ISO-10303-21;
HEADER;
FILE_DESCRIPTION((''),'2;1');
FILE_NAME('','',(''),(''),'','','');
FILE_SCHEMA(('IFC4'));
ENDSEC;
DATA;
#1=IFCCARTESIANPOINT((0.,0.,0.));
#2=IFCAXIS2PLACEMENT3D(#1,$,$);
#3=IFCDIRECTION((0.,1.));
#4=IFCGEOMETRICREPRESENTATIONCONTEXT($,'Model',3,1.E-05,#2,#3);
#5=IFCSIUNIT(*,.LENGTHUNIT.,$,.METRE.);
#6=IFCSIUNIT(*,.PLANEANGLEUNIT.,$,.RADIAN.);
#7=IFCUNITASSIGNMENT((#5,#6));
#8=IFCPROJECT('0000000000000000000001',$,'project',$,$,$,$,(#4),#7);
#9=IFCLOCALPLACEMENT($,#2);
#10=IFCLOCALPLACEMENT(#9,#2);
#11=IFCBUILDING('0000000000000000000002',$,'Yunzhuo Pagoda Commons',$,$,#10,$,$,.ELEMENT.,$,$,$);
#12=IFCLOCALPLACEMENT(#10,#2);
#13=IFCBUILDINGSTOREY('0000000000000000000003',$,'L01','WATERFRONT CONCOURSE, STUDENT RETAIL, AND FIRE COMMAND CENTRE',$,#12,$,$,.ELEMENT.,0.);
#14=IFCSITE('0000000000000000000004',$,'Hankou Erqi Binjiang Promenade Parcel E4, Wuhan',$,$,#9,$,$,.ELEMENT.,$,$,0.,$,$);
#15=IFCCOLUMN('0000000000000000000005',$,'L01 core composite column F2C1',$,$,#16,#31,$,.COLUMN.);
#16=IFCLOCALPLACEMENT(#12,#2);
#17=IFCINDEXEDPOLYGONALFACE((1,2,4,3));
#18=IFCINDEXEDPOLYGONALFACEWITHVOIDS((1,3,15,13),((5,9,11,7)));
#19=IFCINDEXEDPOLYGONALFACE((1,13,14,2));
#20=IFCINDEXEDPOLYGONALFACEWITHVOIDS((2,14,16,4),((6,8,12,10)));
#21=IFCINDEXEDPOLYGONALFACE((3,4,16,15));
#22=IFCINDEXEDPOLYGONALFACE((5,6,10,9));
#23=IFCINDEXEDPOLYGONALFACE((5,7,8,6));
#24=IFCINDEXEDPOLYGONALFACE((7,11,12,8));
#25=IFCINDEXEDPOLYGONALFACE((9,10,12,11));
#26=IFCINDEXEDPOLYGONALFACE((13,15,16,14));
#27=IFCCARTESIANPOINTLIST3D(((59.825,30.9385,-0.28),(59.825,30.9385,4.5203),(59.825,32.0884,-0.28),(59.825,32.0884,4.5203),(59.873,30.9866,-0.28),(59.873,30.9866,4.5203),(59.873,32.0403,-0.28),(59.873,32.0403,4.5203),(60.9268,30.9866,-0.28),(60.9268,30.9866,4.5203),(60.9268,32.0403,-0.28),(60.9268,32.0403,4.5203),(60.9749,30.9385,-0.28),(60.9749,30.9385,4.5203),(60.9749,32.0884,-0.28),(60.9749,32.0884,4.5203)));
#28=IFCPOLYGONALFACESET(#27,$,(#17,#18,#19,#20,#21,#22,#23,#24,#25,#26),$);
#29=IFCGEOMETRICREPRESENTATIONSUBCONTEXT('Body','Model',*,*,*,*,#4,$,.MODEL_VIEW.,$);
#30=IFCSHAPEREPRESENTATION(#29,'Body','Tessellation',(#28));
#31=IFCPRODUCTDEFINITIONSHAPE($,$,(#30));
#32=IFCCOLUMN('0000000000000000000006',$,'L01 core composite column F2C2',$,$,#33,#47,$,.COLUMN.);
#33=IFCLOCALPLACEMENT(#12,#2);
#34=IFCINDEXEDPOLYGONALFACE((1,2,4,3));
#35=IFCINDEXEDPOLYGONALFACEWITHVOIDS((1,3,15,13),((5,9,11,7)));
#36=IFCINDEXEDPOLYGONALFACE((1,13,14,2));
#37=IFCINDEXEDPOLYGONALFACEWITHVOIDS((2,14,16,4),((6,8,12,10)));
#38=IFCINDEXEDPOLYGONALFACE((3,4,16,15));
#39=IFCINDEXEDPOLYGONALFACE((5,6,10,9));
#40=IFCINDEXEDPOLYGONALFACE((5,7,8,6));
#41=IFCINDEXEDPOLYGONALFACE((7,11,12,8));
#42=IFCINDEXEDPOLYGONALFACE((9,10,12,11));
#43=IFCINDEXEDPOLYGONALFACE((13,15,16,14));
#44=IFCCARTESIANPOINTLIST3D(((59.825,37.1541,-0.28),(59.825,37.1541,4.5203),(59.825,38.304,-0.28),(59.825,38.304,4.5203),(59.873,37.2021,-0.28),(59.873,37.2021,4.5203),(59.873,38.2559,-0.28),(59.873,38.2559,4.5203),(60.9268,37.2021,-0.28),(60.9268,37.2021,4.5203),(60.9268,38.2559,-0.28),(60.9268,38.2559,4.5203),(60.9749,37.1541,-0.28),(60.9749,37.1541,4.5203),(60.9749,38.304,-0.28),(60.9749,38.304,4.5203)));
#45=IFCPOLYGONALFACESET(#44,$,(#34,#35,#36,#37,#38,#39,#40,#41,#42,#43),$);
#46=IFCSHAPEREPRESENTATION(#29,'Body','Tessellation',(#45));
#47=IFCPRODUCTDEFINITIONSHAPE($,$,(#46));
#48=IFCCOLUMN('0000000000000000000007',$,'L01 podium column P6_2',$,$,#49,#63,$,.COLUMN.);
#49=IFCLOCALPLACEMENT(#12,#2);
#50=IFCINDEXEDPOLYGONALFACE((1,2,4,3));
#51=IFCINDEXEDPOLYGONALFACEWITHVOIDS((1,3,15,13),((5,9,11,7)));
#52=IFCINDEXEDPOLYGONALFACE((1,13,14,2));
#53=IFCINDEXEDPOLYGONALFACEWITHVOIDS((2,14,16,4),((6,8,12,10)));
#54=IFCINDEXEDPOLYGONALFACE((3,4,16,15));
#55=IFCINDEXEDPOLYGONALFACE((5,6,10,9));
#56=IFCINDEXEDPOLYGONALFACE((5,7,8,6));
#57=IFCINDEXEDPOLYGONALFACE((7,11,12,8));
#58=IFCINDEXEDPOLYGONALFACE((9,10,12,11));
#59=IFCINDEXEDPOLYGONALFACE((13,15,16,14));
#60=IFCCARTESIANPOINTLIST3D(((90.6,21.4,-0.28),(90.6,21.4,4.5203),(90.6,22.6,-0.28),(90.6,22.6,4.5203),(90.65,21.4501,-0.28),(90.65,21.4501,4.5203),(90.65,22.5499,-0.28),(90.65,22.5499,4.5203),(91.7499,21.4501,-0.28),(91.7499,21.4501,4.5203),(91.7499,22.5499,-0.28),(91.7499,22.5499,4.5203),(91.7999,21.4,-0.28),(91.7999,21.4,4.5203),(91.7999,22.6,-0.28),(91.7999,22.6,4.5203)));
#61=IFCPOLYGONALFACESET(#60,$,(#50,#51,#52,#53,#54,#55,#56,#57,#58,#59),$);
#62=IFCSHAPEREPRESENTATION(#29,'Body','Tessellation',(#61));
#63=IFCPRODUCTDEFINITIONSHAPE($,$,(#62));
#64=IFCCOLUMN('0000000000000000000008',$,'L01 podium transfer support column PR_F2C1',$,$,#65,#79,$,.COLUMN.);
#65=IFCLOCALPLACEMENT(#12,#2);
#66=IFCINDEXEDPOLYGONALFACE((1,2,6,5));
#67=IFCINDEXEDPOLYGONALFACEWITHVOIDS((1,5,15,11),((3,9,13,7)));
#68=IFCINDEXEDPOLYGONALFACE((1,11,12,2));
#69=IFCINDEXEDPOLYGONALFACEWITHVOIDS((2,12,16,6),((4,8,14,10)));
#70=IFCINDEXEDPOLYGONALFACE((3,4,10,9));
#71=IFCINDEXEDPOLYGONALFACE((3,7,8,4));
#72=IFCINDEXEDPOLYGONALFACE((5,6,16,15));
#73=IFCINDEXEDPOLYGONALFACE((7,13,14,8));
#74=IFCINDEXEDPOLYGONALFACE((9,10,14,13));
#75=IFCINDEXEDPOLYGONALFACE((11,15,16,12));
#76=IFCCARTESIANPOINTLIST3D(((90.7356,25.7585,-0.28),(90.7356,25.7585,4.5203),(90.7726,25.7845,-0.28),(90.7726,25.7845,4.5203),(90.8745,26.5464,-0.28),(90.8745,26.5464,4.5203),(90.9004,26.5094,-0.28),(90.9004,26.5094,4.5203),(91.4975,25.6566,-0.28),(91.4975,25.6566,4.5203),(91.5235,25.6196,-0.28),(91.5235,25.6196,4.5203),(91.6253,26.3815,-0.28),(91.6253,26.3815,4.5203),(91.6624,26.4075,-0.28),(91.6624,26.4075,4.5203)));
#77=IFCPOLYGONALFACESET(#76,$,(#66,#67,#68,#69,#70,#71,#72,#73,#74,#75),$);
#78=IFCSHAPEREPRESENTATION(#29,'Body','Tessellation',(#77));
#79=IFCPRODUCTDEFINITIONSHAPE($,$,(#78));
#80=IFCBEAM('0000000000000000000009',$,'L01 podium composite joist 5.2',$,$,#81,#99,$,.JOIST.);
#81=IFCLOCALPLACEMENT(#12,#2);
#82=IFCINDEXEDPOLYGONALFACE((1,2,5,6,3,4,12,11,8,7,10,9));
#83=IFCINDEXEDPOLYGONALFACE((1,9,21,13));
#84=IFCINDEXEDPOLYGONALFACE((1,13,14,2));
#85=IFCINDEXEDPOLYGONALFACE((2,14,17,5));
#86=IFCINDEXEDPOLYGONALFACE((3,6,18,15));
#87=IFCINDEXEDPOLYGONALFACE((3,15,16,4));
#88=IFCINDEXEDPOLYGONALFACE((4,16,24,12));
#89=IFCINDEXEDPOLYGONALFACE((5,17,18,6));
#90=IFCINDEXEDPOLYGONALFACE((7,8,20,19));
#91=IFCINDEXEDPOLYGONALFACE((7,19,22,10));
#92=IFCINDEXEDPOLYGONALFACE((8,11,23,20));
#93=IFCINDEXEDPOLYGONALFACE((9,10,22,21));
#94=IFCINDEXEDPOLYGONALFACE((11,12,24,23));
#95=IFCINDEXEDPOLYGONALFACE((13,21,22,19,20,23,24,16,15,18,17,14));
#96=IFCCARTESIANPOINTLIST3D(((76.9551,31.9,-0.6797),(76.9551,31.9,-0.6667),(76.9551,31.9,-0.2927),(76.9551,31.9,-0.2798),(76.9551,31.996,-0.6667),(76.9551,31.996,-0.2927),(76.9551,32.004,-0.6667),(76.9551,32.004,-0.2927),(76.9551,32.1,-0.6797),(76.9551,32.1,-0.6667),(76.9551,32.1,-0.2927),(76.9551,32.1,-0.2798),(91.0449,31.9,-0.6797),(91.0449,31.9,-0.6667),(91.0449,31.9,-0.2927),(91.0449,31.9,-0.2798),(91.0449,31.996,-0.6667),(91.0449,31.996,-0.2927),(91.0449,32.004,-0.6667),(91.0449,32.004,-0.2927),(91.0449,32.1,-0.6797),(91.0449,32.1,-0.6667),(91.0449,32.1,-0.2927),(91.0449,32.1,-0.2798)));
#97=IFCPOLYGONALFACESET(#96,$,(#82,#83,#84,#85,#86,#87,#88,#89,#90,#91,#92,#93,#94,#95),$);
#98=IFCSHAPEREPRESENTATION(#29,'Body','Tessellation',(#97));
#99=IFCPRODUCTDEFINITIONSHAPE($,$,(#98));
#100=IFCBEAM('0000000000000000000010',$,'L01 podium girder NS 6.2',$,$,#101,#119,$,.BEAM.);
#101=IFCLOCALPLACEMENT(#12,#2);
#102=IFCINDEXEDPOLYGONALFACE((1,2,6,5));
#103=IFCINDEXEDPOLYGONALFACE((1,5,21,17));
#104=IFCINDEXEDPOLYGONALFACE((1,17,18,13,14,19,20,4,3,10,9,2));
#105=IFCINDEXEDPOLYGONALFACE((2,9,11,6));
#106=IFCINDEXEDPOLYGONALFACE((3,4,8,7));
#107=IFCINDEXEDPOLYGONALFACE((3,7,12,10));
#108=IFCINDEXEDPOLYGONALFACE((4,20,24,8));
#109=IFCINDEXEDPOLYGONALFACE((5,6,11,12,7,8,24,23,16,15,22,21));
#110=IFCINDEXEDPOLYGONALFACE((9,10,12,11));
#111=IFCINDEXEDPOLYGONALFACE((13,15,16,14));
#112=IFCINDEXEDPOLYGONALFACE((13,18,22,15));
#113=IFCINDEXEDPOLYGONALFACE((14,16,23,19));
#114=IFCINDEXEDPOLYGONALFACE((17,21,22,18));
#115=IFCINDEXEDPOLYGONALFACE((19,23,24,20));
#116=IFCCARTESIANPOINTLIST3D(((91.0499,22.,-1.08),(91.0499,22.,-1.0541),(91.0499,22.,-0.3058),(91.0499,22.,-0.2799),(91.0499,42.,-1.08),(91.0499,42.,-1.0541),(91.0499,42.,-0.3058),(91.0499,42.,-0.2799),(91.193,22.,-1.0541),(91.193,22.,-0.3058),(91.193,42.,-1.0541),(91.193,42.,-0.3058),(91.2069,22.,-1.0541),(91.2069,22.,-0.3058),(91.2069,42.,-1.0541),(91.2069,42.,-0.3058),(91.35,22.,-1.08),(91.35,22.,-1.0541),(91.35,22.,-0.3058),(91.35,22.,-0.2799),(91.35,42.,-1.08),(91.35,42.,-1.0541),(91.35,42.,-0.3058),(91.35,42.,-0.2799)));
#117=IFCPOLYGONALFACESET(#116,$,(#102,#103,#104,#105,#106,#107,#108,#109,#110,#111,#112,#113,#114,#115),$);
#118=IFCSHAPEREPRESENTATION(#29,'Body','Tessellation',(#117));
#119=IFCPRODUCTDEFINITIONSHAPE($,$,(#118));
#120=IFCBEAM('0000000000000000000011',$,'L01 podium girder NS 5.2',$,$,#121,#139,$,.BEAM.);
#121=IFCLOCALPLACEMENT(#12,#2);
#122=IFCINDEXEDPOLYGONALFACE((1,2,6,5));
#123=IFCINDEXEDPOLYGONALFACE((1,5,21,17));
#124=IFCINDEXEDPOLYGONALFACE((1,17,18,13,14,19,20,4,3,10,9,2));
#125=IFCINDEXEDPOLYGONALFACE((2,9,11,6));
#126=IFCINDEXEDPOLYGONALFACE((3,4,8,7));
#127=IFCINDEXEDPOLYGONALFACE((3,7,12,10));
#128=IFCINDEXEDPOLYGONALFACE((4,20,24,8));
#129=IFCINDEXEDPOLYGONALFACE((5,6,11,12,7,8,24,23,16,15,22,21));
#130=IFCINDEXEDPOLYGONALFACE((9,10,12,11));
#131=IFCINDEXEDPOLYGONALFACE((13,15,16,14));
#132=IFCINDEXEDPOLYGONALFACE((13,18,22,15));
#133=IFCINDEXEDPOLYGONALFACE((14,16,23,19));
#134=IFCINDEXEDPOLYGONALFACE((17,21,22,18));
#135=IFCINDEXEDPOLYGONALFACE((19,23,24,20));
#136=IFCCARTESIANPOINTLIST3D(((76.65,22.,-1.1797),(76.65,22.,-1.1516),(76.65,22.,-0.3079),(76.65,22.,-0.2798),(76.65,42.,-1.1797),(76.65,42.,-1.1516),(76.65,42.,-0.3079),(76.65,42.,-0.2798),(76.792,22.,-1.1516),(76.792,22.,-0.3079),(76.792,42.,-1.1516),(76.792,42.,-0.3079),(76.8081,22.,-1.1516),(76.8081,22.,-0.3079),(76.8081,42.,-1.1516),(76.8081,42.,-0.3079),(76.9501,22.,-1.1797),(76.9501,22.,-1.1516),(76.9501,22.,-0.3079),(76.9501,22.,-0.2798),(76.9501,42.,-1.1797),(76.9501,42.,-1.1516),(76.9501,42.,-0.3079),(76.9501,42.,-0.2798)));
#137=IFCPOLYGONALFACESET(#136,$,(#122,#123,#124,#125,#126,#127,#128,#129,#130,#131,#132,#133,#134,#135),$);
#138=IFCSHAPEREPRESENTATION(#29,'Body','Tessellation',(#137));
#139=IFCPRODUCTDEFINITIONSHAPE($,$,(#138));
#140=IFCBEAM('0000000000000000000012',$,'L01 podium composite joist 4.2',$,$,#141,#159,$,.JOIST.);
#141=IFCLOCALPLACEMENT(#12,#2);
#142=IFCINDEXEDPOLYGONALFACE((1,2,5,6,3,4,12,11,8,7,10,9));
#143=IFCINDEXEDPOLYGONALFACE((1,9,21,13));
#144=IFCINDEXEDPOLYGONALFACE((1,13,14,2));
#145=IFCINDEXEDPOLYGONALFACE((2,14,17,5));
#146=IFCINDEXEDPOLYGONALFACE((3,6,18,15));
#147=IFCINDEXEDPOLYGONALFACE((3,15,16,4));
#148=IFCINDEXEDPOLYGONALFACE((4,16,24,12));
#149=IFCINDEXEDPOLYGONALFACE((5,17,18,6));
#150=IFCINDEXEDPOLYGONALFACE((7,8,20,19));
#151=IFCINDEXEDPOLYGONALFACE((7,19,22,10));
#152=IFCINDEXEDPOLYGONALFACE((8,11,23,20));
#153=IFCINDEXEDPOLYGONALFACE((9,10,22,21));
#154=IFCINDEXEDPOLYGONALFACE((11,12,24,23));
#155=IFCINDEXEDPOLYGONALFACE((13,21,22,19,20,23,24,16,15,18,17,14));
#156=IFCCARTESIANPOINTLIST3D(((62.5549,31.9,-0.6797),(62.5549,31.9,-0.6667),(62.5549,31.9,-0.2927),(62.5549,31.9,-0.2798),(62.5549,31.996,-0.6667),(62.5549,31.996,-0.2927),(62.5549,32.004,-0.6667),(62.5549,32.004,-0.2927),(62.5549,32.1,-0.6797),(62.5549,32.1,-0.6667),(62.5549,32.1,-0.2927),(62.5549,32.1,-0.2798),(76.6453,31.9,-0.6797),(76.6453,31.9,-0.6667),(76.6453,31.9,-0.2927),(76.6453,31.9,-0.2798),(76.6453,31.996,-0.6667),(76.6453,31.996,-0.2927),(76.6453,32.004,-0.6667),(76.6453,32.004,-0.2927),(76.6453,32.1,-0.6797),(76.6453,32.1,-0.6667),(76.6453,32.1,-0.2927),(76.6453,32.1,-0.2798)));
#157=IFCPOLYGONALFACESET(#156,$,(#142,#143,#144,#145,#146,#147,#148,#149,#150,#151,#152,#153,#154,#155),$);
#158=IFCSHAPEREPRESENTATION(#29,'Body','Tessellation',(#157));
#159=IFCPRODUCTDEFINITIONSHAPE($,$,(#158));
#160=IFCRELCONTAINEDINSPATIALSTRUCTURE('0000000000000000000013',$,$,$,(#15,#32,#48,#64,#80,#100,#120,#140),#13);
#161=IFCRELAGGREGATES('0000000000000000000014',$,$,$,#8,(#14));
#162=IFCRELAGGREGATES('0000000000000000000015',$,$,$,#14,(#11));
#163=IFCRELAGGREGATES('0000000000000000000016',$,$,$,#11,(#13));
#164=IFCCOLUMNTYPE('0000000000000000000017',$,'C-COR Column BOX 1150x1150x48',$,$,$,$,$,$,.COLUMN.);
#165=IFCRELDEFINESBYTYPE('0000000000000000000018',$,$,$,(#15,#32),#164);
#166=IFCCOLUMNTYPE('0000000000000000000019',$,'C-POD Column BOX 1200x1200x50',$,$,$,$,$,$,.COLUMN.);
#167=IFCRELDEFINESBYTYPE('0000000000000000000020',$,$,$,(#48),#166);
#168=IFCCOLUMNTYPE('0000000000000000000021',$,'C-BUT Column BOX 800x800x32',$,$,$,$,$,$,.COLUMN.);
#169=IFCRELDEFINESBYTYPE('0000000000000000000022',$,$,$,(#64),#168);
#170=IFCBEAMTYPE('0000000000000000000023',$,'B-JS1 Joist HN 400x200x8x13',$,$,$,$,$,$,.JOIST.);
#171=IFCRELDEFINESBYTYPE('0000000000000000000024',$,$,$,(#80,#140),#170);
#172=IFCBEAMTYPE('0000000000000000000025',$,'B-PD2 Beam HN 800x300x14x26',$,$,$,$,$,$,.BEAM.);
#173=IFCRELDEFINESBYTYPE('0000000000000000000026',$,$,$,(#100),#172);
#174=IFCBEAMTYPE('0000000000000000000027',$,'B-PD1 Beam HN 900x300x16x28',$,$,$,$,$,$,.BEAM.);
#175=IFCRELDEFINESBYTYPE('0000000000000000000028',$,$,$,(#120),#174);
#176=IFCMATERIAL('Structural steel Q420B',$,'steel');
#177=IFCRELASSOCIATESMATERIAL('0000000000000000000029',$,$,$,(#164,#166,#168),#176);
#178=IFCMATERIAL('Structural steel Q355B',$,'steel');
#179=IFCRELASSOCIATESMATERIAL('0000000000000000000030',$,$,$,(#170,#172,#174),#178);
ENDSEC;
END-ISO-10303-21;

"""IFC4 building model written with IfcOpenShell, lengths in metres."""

from ifc_helpers import new_model, si_unit, direction, frame, origin, origin_2d, place, context, subcontext, project, spatial, hollow_rectangle, i_section, extrude, source, transform, mapped, material, material_profile, profile_set, type_object, element, save


model = new_model("IFC4")

# Units and contexts
model_context = context("Model", 3, precision=1e-05, world=origin(), true_north=direction((0.0, 1.0)))
body_context = subcontext(model_context, "Body", "Model", "MODEL_VIEW")
ifc_project = project(units=[si_unit("LENGTHUNIT", "METRE"), si_unit("PLANEANGLEUNIT", "RADIAN")], contexts=[model_context])

# Site, building, storey
site_placement = place(None, origin())
site = spatial("IfcSite", under=ifc_project, at=site_placement, Name="Hankou Erqi Binjiang Promenade Parcel E4, Wuhan", CompositionType="ELEMENT", RefElevation=0.0)
building_placement = place(site_placement, origin())
building = spatial("IfcBuilding", under=site, at=building_placement, Name="Yunzhuo Pagoda Commons", CompositionType="ELEMENT")
storey_placement = place(building_placement, origin())
storey = spatial("IfcBuildingStorey", under=building, at=storey_placement, Name="L01", Description="WATERFRONT CONCOURSE, STUDENT RETAIL, AND FIRE COMMAND CENTRE", CompositionType="ELEMENT", Elevation=0.0)

# Columns
ifc_material_1 = material(Name="Structural steel Q420B", Category="steel")
ifc_material_profile_1 = material_profile(ifc_material_1, hollow_rectangle(XDim=1.1499, YDim=1.1499, WallThickness=0.0481, at=origin_2d()), Name="Structural steel Q420B")
ifc_profile_set_1 = profile_set([ifc_material_profile_1], Name="Structural steel Q420B")
column_type_1 = type_object("IfcColumnType", Name="C-COR Column BOX 1150x1150x48", PredefinedType="COLUMN", material=ifc_profile_set_1)
shared_shape_1 = source(origin(), body_context, "Body", "SweptSolid", [
    extrude(hollow_rectangle(XDim=1.1499, YDim=1.1499, WallThickness=0.0481, at=origin_2d()), origin(), (0.0, 0.0, 1.0), 4.8003),
])
for number, where, z_axis, x_axis, name in (
    (1, (60.3999, 31.5134, -0.28), (0.0, 0.0, 1.0), (1.0, 0.0, 0.0), "L01 core composite column F2C1"),
    (2, (60.3999, 37.729, -0.28), (0.0, 0.0, 1.0), (1.0, 0.0, 0.0), "L01 core composite column F2C2"),
):
    element("IfcColumn", number, at=place(storey_placement, frame(where, z_axis=z_axis, x_axis=x_axis)), inside=storey, type_object=column_type_1, Name=name, PredefinedType="COLUMN", context=body_context, shape_type="MappedRepresentation", body=[
        mapped(shared_shape_1, transform((0.0, 0.0, 0.0), scale=1.0)),
    ])
ifc_material_profile_2 = material_profile(ifc_material_1, hollow_rectangle(XDim=1.2, YDim=1.2, WallThickness=0.05, at=origin_2d()), Name="Structural steel Q420B")
ifc_profile_set_2 = profile_set([ifc_material_profile_2], Name="Structural steel Q420B")
column_type_2 = type_object("IfcColumnType", Name="C-POD Column BOX 1200x1200x50", PredefinedType="COLUMN", material=ifc_profile_set_2)
shared_shape_2 = source(origin(), body_context, "Body", "SweptSolid", [
    extrude(hollow_rectangle(XDim=1.2, YDim=1.2, WallThickness=0.05, at=origin_2d()), origin(), (0.0, 0.0, 1.0), 4.8003),
])
column_1_placement = place(storey_placement, frame((91.2, 22.0, -0.28), z_axis=(0.0, 0.0, 1.0), x_axis=(1.0, 0.0, 0.0)))
element("IfcColumn", 3, at=column_1_placement, inside=storey, type_object=column_type_2, Name="L01 podium column P6_2", PredefinedType="COLUMN", context=body_context, shape_type="MappedRepresentation", body=[
    mapped(shared_shape_2, transform((0.0, 0.0, 0.0), scale=1.0)),
])
ifc_material_profile_3 = material_profile(ifc_material_1, hollow_rectangle(XDim=0.8, YDim=0.8, WallThickness=0.032, at=origin_2d()), Name="Structural steel Q420B")
ifc_profile_set_3 = profile_set([ifc_material_profile_3], Name="Structural steel Q420B")
column_type_3 = type_object("IfcColumnType", Name="C-BUT Column BOX 800x800x32", PredefinedType="COLUMN", material=ifc_profile_set_3)
shared_shape_3 = source(origin(), body_context, "Body", "SweptSolid", [
    extrude(hollow_rectangle(XDim=0.8, YDim=0.8, WallThickness=0.032, at=origin_2d()), origin(), (0.0, 0.0, 1.0), 4.8003),
])
column_2_placement = place(storey_placement, frame((91.199, 26.083, -0.28), z_axis=(0.0, 0.0, 1.0), x_axis=(0.173648, 0.984808, 0.0)))
element("IfcColumn", 4, at=column_2_placement, inside=storey, type_object=column_type_3, Name="L01 podium transfer support column PR_F2C1", PredefinedType="COLUMN", context=body_context, shape_type="MappedRepresentation", body=[
    mapped(shared_shape_3, transform((0.0, 0.0, 0.0), scale=1.0)),
])

# Beams
ifc_material_2 = material(Name="Structural steel Q355B", Category="steel")
ifc_material_profile_4 = material_profile(ifc_material_2, i_section(OverallWidth=0.2, OverallDepth=0.3999, WebThickness=0.0081, FlangeThickness=0.0129, at=origin_2d()), Name="Structural steel Q355B")
ifc_profile_set_4 = profile_set([ifc_material_profile_4], Name="Structural steel Q355B")
beam_type_1 = type_object("IfcBeamType", Name="B-JS1 Joist HN 400x200x8x13", PredefinedType="JOIST", material=ifc_profile_set_4)
shared_shape_4 = source(origin(), body_context, "Body", "SweptSolid", [
    extrude(i_section(OverallWidth=0.2, OverallDepth=0.3999, WebThickness=0.0081, FlangeThickness=0.0129, at=origin_2d()), origin(), (0.0, 0.0, 1.0), 14.0898),
])
beam_1_placement = place(storey_placement, frame((76.9551, 32.0, -0.4797), z_axis=(1.0, 0.0, 0.0), x_axis=(0.0, 1.0, 0.0)))
element("IfcBeam", 5, at=beam_1_placement, inside=storey, type_object=beam_type_1, Name="L01 podium composite joist 5.2", PredefinedType="JOIST", context=body_context, shape_type="MappedRepresentation", body=[
    mapped(shared_shape_4, transform((0.0, 0.0, 0.0), scale=1.0)),
])
ifc_material_profile_5 = material_profile(ifc_material_2, i_section(OverallWidth=0.3, OverallDepth=0.8, WebThickness=0.0139, FlangeThickness=0.0259, at=origin_2d()), Name="Structural steel Q355B")
ifc_profile_set_5 = profile_set([ifc_material_profile_5], Name="Structural steel Q355B")
beam_type_2 = type_object("IfcBeamType", Name="B-PD2 Beam HN 800x300x14x26", PredefinedType="BEAM", material=ifc_profile_set_5)
shared_shape_5 = source(origin(), body_context, "Body", "SweptSolid", [
    extrude(i_section(OverallWidth=0.3, OverallDepth=0.8, WebThickness=0.0139, FlangeThickness=0.0259, at=origin_2d()), origin(), (0.0, 0.0, 1.0), 20.0),
])
beam_2_placement = place(storey_placement, frame((91.2, 22.0, -0.6799), z_axis=(0.0, 1.0, 0.0), x_axis=(-1.0, 0.0, 0.0)))
element("IfcBeam", 6, at=beam_2_placement, inside=storey, type_object=beam_type_2, Name="L01 podium girder NS 6.2", PredefinedType="BEAM", context=body_context, shape_type="MappedRepresentation", body=[
    mapped(shared_shape_5, transform((0.0, 0.0, 0.0), scale=1.0)),
])
ifc_material_profile_6 = material_profile(ifc_material_2, i_section(OverallWidth=0.3, OverallDepth=0.8999, WebThickness=0.0161, FlangeThickness=0.0281, at=origin_2d()), Name="Structural steel Q355B")
ifc_profile_set_6 = profile_set([ifc_material_profile_6], Name="Structural steel Q355B")
beam_type_3 = type_object("IfcBeamType", Name="B-PD1 Beam HN 900x300x16x28", PredefinedType="BEAM", material=ifc_profile_set_6)
shared_shape_6 = source(origin(), body_context, "Body", "SweptSolid", [
    extrude(i_section(OverallWidth=0.3, OverallDepth=0.8999, WebThickness=0.0161, FlangeThickness=0.0281, at=origin_2d()), origin(), (0.0, 0.0, 1.0), 20.0),
])
beam_3_placement = place(storey_placement, frame((76.8, 22.0, -0.7297), z_axis=(0.0, 1.0, 0.0), x_axis=(-1.0, 0.0, 0.0)))
element("IfcBeam", 7, at=beam_3_placement, inside=storey, type_object=beam_type_3, Name="L01 podium girder NS 5.2", PredefinedType="BEAM", context=body_context, shape_type="MappedRepresentation", body=[
    mapped(shared_shape_6, transform((0.0, 0.0, 0.0), scale=1.0)),
])
shared_shape_7 = source(origin(), body_context, "Body", "SweptSolid", [
    extrude(i_section(OverallWidth=0.2, OverallDepth=0.3999, WebThickness=0.0081, FlangeThickness=0.0129, at=origin_2d()), origin(), (0.0, 0.0, 1.0), 14.0903),
])
beam_4_placement = place(storey_placement, frame((62.5549, 32.0, -0.4797), z_axis=(1.0, 0.0, 0.0), x_axis=(0.0, 1.0, 0.0)))
element("IfcBeam", 8, at=beam_4_placement, inside=storey, type_object=beam_type_1, Name="L01 podium composite joist 4.2", PredefinedType="JOIST", context=body_context, shape_type="MappedRepresentation", body=[
    mapped(shared_shape_7, transform((0.0, 0.0, 0.0), scale=1.0)),
])

save(model, "model.ifc")
